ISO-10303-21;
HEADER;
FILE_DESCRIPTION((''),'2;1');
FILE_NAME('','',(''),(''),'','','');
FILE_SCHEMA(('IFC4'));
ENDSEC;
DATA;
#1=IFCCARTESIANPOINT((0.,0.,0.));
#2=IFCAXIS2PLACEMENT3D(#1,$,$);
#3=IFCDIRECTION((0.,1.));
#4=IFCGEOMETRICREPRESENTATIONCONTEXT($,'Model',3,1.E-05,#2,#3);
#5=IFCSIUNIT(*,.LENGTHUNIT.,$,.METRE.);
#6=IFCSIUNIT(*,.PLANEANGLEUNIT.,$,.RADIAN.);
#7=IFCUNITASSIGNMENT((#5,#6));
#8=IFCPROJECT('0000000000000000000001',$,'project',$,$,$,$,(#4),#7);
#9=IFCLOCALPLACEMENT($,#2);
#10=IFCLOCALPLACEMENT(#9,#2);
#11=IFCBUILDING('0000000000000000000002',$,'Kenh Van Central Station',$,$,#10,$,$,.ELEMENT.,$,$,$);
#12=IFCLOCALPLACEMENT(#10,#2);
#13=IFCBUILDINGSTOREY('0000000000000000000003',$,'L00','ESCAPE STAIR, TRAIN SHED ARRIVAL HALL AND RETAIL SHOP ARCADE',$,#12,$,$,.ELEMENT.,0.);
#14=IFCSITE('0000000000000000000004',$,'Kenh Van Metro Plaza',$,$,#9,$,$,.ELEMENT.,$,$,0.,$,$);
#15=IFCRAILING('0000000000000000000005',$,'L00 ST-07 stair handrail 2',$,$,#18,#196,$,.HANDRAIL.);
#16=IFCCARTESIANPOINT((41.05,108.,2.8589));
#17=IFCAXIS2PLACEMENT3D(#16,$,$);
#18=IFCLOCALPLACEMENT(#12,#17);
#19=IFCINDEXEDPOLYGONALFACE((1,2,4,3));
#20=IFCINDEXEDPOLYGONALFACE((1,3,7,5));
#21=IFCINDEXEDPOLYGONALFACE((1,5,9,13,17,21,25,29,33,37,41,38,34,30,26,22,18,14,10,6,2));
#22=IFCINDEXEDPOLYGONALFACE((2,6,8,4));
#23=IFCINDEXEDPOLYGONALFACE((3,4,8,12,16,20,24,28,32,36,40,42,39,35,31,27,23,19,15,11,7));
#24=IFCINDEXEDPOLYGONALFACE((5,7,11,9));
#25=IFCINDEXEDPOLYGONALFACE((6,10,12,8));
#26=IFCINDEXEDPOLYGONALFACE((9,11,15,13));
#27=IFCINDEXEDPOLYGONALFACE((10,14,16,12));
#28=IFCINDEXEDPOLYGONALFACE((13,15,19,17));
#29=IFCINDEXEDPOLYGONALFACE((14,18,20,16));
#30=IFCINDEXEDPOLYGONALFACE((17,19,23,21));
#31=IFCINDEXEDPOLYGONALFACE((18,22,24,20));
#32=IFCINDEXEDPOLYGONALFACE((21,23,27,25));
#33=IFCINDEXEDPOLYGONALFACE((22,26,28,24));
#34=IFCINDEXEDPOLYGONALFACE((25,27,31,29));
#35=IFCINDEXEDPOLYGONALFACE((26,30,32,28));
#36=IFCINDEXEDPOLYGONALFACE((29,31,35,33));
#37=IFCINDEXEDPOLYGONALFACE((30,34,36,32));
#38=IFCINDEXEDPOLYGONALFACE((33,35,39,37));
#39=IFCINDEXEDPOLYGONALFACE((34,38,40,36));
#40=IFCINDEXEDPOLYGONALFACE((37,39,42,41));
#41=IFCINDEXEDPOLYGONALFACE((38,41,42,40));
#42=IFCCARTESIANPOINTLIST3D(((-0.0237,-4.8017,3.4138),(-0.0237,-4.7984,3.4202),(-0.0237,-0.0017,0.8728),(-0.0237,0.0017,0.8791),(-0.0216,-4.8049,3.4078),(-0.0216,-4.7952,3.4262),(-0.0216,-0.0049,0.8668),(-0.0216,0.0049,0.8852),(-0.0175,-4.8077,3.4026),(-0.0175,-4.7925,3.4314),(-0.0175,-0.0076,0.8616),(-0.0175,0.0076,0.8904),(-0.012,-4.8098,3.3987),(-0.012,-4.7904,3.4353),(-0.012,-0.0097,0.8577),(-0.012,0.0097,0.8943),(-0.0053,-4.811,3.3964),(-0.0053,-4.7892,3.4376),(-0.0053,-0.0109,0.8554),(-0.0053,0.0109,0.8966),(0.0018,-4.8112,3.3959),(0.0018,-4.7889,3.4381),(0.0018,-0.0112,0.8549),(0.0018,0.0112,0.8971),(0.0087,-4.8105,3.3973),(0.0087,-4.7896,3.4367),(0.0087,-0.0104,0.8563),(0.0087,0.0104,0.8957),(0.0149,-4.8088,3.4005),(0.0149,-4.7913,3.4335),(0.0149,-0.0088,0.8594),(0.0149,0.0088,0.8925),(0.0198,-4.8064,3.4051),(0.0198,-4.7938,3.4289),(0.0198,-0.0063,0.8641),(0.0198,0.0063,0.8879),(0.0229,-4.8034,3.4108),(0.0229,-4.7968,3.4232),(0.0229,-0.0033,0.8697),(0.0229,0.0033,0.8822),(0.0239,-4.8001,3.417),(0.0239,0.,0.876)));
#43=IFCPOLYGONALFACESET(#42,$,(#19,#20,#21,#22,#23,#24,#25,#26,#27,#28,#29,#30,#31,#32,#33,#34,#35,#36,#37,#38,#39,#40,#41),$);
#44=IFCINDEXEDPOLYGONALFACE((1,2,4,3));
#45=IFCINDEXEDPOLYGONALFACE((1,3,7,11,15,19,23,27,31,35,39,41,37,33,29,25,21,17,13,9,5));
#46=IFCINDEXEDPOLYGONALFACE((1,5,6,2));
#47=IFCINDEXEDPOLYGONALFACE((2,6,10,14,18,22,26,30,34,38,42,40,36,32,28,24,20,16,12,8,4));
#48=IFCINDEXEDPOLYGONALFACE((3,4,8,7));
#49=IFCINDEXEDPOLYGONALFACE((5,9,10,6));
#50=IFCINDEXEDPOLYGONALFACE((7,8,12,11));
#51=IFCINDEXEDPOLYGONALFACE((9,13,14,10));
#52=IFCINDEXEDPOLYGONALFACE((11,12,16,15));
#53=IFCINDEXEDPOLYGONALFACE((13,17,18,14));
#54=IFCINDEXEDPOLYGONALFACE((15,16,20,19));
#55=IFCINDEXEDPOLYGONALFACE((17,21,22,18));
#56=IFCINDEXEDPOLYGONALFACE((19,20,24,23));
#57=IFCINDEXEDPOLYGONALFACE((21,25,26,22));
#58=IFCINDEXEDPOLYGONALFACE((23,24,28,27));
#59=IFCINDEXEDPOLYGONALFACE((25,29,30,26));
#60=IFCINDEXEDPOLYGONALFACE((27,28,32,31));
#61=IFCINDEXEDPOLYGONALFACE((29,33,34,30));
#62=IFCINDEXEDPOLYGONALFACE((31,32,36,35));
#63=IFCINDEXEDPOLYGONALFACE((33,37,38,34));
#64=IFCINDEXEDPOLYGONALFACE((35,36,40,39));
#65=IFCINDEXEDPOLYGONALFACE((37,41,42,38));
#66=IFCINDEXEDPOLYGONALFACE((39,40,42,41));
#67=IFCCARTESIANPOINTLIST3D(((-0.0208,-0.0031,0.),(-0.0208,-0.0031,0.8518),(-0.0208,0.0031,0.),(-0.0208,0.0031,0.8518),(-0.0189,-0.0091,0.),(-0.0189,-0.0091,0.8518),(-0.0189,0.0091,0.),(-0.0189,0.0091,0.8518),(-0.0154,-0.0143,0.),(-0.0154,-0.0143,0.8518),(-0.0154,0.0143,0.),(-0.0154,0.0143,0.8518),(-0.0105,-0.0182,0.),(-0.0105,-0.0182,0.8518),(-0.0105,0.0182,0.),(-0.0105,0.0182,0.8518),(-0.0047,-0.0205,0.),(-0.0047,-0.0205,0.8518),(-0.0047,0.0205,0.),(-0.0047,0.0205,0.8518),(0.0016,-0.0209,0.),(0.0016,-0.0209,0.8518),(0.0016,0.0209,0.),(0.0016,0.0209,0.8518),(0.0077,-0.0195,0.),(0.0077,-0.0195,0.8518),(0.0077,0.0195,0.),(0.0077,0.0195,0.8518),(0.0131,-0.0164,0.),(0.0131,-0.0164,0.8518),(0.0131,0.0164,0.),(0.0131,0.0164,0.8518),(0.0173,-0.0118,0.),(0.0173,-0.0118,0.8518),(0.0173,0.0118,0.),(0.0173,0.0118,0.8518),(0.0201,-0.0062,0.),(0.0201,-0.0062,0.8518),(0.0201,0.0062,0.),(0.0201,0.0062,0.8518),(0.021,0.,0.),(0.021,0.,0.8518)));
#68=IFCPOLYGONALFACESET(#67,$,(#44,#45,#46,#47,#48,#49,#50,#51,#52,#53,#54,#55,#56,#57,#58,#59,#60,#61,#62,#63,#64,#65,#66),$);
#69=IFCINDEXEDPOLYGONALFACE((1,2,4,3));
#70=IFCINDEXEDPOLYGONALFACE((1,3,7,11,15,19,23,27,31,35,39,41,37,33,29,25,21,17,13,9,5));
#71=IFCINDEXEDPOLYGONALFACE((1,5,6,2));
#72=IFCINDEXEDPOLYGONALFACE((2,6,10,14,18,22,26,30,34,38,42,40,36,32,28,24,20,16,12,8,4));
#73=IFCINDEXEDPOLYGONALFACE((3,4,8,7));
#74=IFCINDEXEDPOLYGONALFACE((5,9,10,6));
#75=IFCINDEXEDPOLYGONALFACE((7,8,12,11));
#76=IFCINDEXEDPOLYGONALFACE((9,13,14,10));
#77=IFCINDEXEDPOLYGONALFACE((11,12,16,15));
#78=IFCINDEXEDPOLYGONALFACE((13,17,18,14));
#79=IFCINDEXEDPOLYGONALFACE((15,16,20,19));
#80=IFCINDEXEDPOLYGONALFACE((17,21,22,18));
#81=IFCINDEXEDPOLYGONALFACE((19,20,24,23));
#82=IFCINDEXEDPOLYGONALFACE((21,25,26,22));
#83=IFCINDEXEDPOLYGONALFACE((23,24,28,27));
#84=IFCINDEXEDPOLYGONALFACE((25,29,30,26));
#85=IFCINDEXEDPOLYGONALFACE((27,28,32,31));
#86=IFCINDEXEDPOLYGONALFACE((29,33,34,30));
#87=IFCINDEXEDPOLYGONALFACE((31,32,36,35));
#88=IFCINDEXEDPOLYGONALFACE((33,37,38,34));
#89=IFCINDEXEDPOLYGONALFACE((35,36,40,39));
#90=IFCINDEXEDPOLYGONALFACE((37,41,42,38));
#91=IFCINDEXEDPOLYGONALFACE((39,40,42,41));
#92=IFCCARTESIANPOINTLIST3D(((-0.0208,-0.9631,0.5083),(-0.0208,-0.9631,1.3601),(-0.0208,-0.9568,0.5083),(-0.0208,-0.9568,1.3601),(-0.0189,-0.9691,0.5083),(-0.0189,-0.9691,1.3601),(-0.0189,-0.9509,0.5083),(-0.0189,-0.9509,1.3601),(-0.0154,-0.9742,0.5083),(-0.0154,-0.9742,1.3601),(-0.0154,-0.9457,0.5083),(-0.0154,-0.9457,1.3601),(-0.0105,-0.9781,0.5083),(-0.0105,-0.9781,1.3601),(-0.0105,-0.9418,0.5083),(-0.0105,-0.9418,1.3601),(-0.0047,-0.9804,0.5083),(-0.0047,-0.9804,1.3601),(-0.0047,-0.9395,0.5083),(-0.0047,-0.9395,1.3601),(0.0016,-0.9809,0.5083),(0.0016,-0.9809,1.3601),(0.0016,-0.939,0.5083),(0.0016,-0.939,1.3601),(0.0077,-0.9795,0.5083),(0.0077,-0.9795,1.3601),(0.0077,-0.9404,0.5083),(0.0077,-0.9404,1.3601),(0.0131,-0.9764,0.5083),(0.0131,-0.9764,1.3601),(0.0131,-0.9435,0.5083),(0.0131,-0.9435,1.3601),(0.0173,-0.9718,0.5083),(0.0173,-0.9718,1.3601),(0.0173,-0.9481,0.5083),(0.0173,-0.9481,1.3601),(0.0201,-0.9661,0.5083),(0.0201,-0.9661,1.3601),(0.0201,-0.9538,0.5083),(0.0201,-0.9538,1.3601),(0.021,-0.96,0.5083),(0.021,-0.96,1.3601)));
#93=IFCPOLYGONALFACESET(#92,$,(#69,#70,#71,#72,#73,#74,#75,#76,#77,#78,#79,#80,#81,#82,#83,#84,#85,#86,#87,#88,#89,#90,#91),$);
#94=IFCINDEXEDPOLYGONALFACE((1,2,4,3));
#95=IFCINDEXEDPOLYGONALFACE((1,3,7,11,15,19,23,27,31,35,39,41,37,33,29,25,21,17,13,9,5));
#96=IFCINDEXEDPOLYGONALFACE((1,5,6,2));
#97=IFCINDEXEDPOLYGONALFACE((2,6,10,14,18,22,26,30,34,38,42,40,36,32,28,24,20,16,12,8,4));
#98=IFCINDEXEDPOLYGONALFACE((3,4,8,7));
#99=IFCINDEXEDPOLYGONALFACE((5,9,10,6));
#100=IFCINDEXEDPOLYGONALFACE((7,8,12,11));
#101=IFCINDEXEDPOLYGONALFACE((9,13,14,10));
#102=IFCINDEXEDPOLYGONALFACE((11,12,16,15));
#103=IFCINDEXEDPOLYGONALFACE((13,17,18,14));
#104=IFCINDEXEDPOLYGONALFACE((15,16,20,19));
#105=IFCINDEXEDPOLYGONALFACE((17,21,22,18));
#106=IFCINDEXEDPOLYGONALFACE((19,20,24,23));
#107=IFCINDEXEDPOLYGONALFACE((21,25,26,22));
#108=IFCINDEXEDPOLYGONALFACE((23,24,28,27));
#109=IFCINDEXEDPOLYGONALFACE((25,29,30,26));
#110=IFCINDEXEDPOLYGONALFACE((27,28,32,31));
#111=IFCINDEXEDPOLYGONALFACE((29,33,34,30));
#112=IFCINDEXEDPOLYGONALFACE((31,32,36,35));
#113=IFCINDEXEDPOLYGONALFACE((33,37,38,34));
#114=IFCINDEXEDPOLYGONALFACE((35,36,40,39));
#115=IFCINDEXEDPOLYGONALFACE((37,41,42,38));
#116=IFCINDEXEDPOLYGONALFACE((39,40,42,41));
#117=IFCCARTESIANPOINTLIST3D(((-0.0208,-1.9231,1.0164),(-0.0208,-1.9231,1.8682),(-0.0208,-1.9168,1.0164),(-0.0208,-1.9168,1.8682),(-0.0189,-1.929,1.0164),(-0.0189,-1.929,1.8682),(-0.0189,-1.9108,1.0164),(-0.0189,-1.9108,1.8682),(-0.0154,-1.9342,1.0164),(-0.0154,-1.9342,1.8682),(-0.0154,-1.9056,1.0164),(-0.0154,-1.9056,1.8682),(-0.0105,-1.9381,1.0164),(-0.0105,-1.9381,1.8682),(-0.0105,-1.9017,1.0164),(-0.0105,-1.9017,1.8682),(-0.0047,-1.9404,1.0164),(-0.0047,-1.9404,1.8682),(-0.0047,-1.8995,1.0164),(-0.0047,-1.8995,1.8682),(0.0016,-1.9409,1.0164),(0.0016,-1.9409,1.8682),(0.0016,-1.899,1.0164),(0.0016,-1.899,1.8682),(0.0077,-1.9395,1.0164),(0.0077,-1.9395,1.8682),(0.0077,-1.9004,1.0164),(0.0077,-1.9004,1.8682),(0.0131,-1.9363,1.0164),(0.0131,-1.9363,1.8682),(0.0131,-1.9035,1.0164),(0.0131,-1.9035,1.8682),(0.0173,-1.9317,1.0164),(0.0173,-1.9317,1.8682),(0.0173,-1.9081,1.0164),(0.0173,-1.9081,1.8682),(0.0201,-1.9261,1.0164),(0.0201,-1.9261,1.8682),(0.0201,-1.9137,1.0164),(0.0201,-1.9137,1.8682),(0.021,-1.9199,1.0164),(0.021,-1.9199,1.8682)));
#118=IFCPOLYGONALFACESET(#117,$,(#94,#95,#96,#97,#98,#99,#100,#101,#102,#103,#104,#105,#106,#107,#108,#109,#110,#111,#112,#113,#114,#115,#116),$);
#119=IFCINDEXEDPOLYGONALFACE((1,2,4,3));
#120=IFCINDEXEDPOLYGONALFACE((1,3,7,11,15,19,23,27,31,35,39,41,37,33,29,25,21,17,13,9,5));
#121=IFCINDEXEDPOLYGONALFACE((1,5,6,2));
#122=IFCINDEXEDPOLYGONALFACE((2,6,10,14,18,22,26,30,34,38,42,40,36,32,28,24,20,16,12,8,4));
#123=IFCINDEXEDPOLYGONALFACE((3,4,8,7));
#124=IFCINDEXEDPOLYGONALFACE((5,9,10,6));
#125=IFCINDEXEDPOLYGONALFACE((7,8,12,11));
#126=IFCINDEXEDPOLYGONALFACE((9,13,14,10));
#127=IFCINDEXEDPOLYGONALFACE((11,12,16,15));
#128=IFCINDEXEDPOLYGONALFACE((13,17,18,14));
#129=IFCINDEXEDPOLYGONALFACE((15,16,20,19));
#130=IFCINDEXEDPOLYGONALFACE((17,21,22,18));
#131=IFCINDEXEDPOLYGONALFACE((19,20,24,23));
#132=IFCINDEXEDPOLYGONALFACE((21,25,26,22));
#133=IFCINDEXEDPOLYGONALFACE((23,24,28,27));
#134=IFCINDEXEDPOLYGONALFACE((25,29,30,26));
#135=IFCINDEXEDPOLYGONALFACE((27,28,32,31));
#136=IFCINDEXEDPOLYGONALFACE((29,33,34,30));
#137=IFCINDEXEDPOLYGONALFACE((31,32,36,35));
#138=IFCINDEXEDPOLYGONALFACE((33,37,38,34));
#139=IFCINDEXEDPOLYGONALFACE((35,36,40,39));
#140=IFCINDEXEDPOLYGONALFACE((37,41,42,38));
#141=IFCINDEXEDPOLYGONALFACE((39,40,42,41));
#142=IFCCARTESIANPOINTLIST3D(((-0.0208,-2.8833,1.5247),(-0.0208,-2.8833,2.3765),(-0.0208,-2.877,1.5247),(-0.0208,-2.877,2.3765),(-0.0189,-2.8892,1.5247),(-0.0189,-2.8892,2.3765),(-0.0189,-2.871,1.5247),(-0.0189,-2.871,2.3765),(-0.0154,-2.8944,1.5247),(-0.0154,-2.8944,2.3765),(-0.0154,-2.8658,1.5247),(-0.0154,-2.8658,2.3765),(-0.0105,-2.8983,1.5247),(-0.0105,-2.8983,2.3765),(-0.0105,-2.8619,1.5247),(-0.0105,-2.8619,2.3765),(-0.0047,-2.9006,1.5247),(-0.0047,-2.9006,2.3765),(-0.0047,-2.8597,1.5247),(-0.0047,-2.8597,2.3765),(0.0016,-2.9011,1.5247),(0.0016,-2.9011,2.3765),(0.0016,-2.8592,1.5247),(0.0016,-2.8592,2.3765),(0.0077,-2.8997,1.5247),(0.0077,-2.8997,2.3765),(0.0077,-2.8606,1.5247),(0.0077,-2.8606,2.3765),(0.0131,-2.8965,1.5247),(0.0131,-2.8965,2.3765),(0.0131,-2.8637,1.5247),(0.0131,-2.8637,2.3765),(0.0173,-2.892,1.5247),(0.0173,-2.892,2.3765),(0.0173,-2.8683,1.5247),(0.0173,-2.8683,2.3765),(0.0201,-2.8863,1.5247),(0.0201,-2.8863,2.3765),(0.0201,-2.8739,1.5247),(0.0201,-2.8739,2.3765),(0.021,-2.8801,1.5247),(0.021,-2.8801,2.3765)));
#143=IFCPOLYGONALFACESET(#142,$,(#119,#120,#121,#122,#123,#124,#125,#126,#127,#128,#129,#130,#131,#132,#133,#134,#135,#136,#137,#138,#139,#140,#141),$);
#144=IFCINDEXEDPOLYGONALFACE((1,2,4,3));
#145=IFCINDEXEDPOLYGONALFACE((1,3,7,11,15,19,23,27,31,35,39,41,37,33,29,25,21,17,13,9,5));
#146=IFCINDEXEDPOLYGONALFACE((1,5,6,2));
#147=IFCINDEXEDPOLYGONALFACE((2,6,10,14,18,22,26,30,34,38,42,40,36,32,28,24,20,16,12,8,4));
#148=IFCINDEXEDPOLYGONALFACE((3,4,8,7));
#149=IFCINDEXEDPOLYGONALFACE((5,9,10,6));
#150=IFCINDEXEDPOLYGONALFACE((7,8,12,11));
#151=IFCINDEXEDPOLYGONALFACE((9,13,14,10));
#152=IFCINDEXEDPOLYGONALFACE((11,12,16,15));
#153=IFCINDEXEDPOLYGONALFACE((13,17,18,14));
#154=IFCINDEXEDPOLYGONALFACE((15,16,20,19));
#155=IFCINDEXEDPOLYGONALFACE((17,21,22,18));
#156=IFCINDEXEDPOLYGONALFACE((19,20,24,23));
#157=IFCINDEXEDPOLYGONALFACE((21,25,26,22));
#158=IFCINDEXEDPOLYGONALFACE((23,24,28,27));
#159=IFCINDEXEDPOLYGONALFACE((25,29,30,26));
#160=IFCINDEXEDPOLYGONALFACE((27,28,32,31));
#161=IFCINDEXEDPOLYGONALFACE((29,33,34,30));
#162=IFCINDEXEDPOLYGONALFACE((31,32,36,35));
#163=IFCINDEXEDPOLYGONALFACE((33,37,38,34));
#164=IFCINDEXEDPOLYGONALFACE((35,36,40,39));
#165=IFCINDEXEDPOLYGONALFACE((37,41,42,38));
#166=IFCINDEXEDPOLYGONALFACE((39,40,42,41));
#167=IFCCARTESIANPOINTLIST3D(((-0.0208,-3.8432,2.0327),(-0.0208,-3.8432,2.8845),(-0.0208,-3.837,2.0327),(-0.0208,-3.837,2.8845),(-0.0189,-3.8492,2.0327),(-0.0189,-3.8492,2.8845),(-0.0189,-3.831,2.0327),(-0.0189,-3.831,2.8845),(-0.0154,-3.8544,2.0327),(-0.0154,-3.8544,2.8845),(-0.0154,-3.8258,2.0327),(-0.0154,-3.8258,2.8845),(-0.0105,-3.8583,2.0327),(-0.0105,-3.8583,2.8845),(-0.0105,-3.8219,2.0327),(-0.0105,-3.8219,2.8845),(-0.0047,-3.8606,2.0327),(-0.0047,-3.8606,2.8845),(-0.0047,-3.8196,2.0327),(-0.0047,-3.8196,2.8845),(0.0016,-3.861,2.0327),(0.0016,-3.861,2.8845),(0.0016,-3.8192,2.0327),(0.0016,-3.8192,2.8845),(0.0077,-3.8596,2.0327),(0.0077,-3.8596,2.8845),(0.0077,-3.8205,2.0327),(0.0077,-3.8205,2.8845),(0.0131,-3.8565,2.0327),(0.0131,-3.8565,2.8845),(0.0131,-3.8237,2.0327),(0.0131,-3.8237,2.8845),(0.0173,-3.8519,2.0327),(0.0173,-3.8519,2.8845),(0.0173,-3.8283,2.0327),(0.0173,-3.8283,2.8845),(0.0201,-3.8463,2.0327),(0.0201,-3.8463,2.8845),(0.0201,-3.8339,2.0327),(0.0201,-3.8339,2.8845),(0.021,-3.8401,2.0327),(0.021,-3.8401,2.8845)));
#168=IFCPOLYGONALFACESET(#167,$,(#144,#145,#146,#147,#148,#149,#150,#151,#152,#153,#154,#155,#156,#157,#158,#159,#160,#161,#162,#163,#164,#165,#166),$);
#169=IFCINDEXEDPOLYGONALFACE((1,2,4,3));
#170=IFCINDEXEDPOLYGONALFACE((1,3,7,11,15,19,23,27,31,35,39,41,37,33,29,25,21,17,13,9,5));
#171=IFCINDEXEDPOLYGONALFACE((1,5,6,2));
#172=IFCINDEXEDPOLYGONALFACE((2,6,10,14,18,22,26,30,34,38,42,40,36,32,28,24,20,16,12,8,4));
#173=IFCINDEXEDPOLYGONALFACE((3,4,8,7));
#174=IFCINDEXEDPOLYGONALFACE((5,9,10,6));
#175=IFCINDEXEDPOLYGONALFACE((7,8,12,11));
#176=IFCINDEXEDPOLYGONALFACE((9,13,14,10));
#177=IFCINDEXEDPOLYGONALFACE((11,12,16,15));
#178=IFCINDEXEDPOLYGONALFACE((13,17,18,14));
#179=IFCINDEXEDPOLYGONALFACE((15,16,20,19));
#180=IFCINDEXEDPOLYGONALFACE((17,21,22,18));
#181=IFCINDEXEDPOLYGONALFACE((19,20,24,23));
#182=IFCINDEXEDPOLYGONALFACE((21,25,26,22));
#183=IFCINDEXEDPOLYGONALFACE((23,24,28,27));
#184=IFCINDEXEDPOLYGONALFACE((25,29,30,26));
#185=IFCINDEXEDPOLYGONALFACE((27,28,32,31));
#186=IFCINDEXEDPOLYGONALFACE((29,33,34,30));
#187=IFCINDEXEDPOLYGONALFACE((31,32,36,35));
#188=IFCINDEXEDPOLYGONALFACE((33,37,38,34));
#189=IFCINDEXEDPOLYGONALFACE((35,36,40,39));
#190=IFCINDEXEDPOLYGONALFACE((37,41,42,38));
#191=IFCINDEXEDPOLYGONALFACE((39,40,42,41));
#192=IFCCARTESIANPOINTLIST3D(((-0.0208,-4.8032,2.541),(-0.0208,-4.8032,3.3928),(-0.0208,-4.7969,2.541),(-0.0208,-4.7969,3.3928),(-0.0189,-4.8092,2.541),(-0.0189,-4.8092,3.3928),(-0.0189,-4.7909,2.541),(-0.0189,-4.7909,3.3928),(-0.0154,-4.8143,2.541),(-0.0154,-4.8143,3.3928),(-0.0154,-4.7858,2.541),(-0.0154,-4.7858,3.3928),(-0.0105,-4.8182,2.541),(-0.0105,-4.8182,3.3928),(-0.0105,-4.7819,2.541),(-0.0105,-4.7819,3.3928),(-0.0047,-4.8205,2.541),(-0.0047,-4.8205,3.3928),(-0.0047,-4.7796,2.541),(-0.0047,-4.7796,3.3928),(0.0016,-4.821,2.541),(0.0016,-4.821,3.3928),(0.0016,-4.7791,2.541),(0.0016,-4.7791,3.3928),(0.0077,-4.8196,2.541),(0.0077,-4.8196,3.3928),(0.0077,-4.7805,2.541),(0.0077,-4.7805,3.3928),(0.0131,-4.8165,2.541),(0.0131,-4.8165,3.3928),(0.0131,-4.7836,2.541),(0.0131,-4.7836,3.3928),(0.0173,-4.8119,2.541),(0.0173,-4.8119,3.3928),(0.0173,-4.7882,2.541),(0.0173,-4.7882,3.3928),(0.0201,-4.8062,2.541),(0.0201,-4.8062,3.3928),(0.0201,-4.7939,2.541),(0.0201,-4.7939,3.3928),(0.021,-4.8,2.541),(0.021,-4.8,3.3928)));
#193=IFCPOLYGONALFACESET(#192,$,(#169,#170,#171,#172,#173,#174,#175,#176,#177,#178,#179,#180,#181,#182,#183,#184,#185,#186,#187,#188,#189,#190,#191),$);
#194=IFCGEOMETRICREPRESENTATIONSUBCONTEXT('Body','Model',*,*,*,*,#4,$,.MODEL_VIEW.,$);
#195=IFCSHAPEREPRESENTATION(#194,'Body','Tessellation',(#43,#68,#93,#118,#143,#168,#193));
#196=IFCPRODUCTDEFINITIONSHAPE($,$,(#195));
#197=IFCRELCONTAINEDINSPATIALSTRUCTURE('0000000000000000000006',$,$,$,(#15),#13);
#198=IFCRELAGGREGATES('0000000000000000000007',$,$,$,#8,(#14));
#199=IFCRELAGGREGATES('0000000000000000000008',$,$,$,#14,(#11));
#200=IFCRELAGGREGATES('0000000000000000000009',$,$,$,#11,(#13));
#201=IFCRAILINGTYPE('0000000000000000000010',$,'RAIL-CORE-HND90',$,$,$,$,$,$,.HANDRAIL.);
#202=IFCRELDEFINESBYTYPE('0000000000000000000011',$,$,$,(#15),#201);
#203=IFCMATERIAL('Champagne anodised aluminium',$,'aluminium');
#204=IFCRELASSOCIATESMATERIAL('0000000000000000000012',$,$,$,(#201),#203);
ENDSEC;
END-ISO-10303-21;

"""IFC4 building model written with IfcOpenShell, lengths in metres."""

from ifc_helpers import new_model, si_unit, direction, frame, origin, origin_2d, place, context, subcontext, project, spatial, circle, extrude, material, type_object, element, save


model = new_model("IFC4")

# Units and contexts
model_context = context("Model", 3, precision=1e-05, world=origin(), true_north=direction((0.0, 1.0)))
body_context = subcontext(model_context, "Body", "Model", "MODEL_VIEW")
ifc_project = project(units=[si_unit("LENGTHUNIT", "METRE"), si_unit("PLANEANGLEUNIT", "RADIAN")], contexts=[model_context])

# Site, building, storey
site_placement = place(None, origin())
site = spatial("IfcSite", under=ifc_project, at=site_placement, Name="Kenh Van Metro Plaza", CompositionType="ELEMENT", RefElevation=0.0)
building_placement = place(site_placement, origin())
building = spatial("IfcBuilding", under=site, at=building_placement, Name="Kenh Van Central Station", CompositionType="ELEMENT")
storey_placement = place(building_placement, origin())
storey = spatial("IfcBuildingStorey", under=building, at=storey_placement, Name="L00", Description="ESCAPE STAIR, TRAIN SHED ARRIVAL HALL AND RETAIL SHOP ARCADE", CompositionType="ELEMENT", Elevation=0.0)

# Shared definitions
ifc_material_1 = material(Name="Champagne anodised aluminium", Category="aluminium")

# Railing
railing_type_1 = type_object("IfcRailingType", Name="RAIL-CORE-HND90", PredefinedType="HANDRAIL", material=ifc_material_1)
railing_1_placement = place(storey_placement, frame((41.05, 108.0, 2.8589)))
element("IfcRailing", 1, at=railing_1_placement, inside=storey, type_object=railing_type_1, Name="L00 ST-07 stair handrail 2", PredefinedType="HANDRAIL", context=body_context, shape_type="SweptSolid", body=[
    extrude(circle(Radius=0.0239, at=origin_2d()), frame((0.0, 0.0, 0.876), z_axis=(0.0, -0.883802, 0.467861), x_axis=(1.0, 0.0, 0.0)), (0.0, 0.0, 1.0), 5.4312),
    extrude(circle(Radius=0.021, at=origin_2d()), origin(), (0.0, 0.0, 1.0), 0.8518),
    extrude(circle(Radius=0.021, at=origin_2d()), frame((0.0, -0.96, 0.5083)), (0.0, 0.0, 1.0), 0.8518),
    extrude(circle(Radius=0.021, at=origin_2d()), frame((0.0, -1.9199, 1.0164)), (0.0, 0.0, 1.0), 0.8518),
    extrude(circle(Radius=0.021, at=origin_2d()), frame((0.0, -2.8801, 1.5247)), (0.0, 0.0, 1.0), 0.8518),
    extrude(circle(Radius=0.021, at=origin_2d()), frame((0.0, -3.8401, 2.0327)), (0.0, 0.0, 1.0), 0.8518),
    extrude(circle(Radius=0.021, at=origin_2d()), frame((0.0, -4.8, 2.541)), (0.0, 0.0, 1.0), 0.8518),
])

save(model, "model.ifc")
